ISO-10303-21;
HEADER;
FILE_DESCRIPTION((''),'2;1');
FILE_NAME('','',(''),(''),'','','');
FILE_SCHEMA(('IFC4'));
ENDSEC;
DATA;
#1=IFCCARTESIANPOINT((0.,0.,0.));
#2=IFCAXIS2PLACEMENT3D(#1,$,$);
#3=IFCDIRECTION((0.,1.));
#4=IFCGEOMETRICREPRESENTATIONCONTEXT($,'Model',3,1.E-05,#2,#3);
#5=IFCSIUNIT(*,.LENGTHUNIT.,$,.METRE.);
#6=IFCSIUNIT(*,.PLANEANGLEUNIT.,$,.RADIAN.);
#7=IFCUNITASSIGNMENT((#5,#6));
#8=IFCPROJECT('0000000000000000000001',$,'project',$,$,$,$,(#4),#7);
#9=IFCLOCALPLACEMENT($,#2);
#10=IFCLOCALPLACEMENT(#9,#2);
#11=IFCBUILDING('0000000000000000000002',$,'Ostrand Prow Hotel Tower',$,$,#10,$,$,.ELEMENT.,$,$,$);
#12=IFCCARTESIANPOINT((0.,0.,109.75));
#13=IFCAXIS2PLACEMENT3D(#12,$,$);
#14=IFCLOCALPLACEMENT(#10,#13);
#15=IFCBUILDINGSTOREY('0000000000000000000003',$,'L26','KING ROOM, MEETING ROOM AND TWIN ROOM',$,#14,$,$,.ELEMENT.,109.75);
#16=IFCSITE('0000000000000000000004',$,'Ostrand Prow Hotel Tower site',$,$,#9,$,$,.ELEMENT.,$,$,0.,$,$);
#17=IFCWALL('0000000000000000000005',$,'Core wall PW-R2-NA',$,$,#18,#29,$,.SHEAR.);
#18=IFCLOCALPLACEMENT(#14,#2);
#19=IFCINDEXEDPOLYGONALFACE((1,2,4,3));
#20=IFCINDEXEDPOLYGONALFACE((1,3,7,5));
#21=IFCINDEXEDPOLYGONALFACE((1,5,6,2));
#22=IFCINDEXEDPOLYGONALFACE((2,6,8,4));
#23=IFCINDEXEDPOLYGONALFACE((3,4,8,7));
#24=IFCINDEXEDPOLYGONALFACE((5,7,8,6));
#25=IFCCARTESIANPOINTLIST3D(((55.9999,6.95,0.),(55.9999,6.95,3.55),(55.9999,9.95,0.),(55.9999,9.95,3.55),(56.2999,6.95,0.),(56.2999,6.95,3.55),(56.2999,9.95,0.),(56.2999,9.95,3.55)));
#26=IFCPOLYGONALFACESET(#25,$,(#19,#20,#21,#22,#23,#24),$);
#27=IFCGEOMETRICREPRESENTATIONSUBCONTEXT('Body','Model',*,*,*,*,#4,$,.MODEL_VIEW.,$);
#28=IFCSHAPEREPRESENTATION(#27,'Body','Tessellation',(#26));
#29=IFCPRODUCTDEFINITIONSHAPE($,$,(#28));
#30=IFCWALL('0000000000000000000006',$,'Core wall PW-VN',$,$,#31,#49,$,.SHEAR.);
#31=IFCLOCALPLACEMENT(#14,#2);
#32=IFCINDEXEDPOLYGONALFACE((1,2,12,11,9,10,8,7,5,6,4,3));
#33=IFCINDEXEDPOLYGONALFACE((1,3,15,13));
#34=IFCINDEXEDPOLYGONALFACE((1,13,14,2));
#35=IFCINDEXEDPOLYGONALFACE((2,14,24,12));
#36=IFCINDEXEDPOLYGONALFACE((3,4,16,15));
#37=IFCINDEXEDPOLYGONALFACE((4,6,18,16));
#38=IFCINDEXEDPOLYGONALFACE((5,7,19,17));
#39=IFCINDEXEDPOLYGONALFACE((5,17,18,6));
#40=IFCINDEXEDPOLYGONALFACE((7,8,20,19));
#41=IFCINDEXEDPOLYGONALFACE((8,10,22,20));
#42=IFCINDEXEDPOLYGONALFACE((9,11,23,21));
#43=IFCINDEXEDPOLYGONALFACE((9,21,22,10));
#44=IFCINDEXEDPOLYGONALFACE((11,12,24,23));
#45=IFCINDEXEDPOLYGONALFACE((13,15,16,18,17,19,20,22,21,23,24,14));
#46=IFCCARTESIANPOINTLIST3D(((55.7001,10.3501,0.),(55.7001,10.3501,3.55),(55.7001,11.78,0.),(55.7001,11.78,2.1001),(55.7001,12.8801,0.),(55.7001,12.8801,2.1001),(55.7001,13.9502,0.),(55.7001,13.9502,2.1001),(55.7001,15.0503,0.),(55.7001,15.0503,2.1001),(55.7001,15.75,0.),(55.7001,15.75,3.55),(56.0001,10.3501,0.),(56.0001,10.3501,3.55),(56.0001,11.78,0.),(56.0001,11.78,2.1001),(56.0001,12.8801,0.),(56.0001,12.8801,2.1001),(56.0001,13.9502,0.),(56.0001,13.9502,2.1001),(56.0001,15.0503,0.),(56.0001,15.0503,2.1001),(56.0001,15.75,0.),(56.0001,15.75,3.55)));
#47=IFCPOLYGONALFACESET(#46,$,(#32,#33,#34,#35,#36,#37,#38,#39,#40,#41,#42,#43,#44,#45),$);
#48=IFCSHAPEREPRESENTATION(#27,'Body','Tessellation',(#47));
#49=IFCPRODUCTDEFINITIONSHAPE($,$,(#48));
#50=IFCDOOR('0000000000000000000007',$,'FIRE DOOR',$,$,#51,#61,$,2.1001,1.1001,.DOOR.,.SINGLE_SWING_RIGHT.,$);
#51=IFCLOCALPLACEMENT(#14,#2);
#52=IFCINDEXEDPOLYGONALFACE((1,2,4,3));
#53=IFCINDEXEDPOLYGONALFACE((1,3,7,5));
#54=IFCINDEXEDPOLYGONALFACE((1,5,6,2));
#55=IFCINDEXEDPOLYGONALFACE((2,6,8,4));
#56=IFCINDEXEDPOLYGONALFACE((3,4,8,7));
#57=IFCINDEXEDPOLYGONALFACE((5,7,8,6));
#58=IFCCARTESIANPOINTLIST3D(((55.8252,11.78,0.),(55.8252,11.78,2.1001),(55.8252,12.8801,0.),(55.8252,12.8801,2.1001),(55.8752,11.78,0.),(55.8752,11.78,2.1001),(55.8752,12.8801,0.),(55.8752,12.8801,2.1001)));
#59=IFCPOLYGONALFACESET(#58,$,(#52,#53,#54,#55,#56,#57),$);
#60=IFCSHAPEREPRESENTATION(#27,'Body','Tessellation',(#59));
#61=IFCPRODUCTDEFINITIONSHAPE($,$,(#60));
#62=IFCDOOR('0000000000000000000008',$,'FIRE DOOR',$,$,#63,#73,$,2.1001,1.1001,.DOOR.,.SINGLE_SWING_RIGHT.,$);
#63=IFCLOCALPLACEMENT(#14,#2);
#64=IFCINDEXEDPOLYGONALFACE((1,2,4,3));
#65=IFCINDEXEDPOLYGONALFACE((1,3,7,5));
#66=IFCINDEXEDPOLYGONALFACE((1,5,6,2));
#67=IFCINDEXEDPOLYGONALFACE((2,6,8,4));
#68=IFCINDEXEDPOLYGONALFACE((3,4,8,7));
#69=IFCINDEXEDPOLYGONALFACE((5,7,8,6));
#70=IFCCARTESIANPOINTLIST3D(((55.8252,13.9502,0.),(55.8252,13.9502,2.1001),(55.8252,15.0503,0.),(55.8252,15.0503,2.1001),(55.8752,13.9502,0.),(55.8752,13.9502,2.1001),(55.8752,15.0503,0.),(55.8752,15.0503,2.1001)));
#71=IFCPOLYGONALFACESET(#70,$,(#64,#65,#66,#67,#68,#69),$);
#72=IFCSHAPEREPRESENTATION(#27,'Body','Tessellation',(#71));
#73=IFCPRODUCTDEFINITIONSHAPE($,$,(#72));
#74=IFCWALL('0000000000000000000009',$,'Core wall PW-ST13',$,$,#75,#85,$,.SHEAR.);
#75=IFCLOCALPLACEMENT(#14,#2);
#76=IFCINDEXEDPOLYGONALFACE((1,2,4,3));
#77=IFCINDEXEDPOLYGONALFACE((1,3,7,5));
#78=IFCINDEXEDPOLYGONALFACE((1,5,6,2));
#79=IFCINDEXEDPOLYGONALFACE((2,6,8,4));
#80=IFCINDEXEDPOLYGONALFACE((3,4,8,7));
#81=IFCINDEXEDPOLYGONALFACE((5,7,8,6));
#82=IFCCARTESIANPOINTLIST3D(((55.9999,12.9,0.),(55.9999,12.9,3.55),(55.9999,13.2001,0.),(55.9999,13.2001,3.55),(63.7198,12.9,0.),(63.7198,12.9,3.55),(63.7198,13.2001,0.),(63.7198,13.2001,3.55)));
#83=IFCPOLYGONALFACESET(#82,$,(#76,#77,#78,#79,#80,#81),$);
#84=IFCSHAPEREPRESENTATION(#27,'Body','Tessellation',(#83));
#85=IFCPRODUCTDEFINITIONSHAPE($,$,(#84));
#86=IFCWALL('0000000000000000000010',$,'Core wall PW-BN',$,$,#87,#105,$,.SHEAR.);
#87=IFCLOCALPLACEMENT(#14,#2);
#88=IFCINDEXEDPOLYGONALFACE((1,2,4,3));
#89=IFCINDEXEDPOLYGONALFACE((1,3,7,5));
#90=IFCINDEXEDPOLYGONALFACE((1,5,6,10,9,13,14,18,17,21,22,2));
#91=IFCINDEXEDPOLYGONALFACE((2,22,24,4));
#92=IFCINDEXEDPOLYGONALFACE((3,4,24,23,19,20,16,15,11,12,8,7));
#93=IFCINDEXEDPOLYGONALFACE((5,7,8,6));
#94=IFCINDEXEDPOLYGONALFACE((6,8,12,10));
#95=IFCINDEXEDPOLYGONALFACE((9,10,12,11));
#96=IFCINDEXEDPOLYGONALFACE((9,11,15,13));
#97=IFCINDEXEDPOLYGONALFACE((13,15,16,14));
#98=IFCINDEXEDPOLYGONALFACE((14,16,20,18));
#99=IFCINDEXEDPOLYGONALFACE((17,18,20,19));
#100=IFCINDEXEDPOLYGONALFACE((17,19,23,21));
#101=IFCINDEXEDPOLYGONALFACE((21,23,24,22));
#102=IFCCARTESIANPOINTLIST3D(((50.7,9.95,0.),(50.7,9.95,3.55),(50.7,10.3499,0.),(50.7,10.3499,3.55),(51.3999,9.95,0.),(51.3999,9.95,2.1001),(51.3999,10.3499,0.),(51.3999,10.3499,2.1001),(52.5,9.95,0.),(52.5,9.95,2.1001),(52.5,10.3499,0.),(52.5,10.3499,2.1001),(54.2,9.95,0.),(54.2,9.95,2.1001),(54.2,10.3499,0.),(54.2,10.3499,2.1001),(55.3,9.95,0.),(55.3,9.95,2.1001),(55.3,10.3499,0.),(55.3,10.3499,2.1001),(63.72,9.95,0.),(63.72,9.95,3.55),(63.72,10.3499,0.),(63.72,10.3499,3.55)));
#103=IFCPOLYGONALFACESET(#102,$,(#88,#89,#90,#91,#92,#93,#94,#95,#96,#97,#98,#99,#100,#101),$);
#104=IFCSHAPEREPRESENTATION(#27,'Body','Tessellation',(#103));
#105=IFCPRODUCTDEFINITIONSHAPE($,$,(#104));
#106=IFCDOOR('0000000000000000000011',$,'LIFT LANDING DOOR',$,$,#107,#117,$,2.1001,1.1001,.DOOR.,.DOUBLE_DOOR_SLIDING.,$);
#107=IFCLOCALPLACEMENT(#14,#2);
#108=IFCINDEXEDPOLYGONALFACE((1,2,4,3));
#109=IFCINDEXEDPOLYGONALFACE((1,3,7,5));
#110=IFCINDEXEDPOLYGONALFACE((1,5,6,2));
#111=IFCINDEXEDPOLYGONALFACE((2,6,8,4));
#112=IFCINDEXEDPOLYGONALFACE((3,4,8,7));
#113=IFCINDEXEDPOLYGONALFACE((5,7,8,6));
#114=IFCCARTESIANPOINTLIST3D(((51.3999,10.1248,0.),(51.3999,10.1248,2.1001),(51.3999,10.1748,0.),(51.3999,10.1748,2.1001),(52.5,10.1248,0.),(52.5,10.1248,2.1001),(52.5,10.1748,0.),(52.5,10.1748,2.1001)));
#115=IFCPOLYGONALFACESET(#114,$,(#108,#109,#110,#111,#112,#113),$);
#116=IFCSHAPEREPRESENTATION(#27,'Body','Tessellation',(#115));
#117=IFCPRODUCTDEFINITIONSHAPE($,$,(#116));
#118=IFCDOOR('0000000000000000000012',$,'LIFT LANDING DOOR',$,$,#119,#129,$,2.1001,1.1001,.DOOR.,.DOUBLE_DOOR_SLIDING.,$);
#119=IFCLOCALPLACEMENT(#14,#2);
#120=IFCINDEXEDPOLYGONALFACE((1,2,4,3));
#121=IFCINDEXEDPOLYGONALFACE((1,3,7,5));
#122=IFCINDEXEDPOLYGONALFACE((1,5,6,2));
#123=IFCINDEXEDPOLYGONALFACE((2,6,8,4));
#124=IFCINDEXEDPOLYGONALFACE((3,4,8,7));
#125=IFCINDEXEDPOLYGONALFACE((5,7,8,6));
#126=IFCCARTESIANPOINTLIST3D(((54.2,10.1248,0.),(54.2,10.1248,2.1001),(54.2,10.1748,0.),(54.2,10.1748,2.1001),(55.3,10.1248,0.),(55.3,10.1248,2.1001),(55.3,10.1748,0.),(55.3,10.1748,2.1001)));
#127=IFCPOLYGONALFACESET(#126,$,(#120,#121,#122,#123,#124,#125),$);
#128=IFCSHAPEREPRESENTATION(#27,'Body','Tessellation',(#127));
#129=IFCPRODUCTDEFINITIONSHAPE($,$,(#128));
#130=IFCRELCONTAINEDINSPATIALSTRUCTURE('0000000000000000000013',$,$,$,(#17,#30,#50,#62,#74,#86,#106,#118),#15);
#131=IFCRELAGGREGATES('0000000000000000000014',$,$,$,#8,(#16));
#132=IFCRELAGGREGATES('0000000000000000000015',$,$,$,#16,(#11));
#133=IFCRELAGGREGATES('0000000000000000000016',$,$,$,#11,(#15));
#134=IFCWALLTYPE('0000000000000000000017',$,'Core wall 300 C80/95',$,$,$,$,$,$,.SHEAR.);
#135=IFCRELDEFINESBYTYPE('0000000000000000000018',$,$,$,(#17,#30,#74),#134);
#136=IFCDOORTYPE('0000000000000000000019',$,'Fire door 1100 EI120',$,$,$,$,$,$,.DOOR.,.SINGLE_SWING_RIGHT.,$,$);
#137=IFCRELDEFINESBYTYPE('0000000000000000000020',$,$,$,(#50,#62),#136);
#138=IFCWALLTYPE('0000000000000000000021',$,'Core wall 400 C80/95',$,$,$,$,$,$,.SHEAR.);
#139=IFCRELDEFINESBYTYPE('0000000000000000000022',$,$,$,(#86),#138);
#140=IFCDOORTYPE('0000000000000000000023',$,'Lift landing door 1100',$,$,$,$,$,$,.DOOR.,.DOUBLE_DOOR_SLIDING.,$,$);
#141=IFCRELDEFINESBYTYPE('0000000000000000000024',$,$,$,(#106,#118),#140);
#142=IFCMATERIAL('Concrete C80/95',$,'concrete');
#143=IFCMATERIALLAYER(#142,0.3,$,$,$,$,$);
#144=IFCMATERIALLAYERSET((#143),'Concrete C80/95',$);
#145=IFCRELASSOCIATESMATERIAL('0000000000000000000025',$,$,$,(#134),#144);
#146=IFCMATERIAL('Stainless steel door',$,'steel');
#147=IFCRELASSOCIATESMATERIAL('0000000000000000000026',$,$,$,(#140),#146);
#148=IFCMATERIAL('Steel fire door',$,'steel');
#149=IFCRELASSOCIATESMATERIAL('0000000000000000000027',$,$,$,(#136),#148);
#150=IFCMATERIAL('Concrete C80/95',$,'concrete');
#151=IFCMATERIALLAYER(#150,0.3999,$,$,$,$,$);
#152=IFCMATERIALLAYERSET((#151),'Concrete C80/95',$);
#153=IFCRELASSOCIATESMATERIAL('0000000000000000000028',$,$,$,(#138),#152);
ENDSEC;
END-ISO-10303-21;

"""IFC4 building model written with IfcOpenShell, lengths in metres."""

from ifc_helpers import new_model, si_unit, direction, frame, frame_2d, origin, place, context, subcontext, project, spatial, rectangle, extrude, material, layer, layer_set, type_object, element, fill, save


model = new_model("IFC4")

# Units and contexts
model_context = context("Model", 3, precision=1e-05, world=origin(), true_north=direction((0.0, 1.0)))
body_context = subcontext(model_context, "Body", "Model", "MODEL_VIEW")
ifc_project = project(units=[si_unit("LENGTHUNIT", "METRE"), si_unit("PLANEANGLEUNIT", "RADIAN")], contexts=[model_context])

# Site, building, storey
site_placement = place(None, origin())
site = spatial("IfcSite", under=ifc_project, at=site_placement, Name="Ostrand Prow Hotel Tower site", CompositionType="ELEMENT", RefElevation=0.0)
building_placement = place(site_placement, origin())
building = spatial("IfcBuilding", under=site, at=building_placement, Name="Ostrand Prow Hotel Tower", CompositionType="ELEMENT")
storey_placement = place(building_placement, frame((0.0, 0.0, 109.75)))
storey = spatial("IfcBuildingStorey", under=building, at=storey_placement, Name="L26", Description="KING ROOM, MEETING ROOM AND TWIN ROOM", CompositionType="ELEMENT", Elevation=109.75)

# Shared definitions
ifc_material_1 = material(Name="Concrete C80/95", Category="concrete")
ifc_layer_1 = layer(ifc_material_1, 0.3)
ifc_layer_set_1 = layer_set([ifc_layer_1], Name="Concrete C80/95")
wall_type_1 = type_object("IfcWallType", Name="Core wall 300 C80/95", PredefinedType="SHEAR", material=ifc_layer_set_1)
ifc_material_2 = material(Name="Stainless steel door", Category="steel")
door_type_1 = type_object("IfcDoorType", Name="Lift landing door 1100", OperationType="DOUBLE_DOOR_SLIDING", PredefinedType="DOOR", material=ifc_material_2)

# Wall
for number, where, z_axis, x_axis, name in (
    (1, (56.1499, 6.95, 0.0), (0.0, 0.0, 1.0), (0.0, 1.0, 0.0), "Core wall PW-R2-NA"),
):
    element("IfcWall", number, at=place(storey_placement, frame(where, z_axis=z_axis, x_axis=x_axis)), inside=storey, type_object=wall_type_1, Name=name, PredefinedType="SHEAR", context=body_context, shape_type="SweptSolid", body=[
        extrude(rectangle(XDim=3.0, YDim=0.3, at=frame_2d((1.5, 0.0))), origin(), (0.0, 0.0, 1.0), 3.55),
    ])

# Wall, openings, doors
wall_1_placement = place(storey_placement, frame((55.8501, 10.3501, 0.0), z_axis=(0.0, 0.0, 1.0), x_axis=(0.0, 1.0, 0.0)))
wall_1 = element("IfcWall", 2, at=wall_1_placement, inside=storey, type_object=wall_type_1, Name="Core wall PW-VN", PredefinedType="SHEAR", context=body_context, shape_type="SweptSolid", body=[
    extrude(rectangle(XDim=5.3999, YDim=0.3, at=frame_2d((2.7, 0.0))), origin(), (0.0, 0.0, 1.0), 3.55),
])
opening_1_placement = place(wall_1_placement, frame((1.4299, 0.0, 0.0)))
opening_1 = element("IfcOpeningElement", 3, at=opening_1_placement, cuts=wall_1, PredefinedType="OPENING", context=body_context, shape_type="SweptSolid", body=[
    extrude(rectangle(XDim=1.1001, YDim=2.1001, at=frame_2d((0.55, 1.05))), frame((0.0, 0.1599, 0.0), z_axis=(0.0, -1.0, 0.0), x_axis=(1.0, 0.0, 0.0)), (0.0, 0.0, 1.0), 0.3201),
])
opening_2_placement = place(wall_1_placement, frame((3.6001, 0.0, 0.0)))
opening_2 = element("IfcOpeningElement", 4, at=opening_2_placement, cuts=wall_1, PredefinedType="OPENING", context=body_context, shape_type="SweptSolid", body=[
    extrude(rectangle(XDim=1.1001, YDim=2.1001, at=frame_2d((0.55, 1.05))), frame((0.0, 0.1599, 0.0), z_axis=(0.0, -1.0, 0.0), x_axis=(1.0, 0.0, 0.0)), (0.0, 0.0, 1.0), 0.3201),
])
ifc_material_3 = material(Name="Steel fire door", Category="steel")
door_type_2 = type_object("IfcDoorType", Name="Fire door 1100 EI120", OperationType="SINGLE_SWING_RIGHT", PredefinedType="DOOR", material=ifc_material_3)
door_1_placement = place(opening_1_placement, origin())
door_1 = element("IfcDoor", 5, at=door_1_placement, inside=storey, type_object=door_type_2, Name="FIRE DOOR", OperationType="SINGLE_SWING_RIGHT", OverallHeight=2.1001, OverallWidth=1.1001, PredefinedType="DOOR", context=body_context, shape_type="SweptSolid", body=[
    extrude(rectangle(XDim=1.1001, YDim=2.1001, at=frame_2d((0.55, 1.05))), frame((0.0, 0.0249, 0.0), z_axis=(0.0, -1.0, 0.0), x_axis=(1.0, 0.0, 0.0)), (0.0, 0.0, 1.0), 0.05),
])
fill(opening_1, door_1)
door_2_placement = place(opening_2_placement, origin())
door_2 = element("IfcDoor", 6, at=door_2_placement, inside=storey, type_object=door_type_2, Name="FIRE DOOR", OperationType="SINGLE_SWING_RIGHT", OverallHeight=2.1001, OverallWidth=1.1001, PredefinedType="DOOR", context=body_context, shape_type="SweptSolid", body=[
    extrude(rectangle(XDim=1.1001, YDim=2.1001, at=frame_2d((0.55, 1.05))), frame((0.0, 0.0249, 0.0), z_axis=(0.0, -1.0, 0.0), x_axis=(1.0, 0.0, 0.0)), (0.0, 0.0, 1.0), 0.05),
])
fill(opening_2, door_2)

# Wall
wall_2_placement = place(storey_placement, frame((56.0, 13.05, 0.0), z_axis=(0.0, 0.0, 1.0), x_axis=(1.0, 0.0, 0.0)))
element("IfcWall", 7, at=wall_2_placement, inside=storey, type_object=wall_type_1, Name="Core wall PW-ST13", PredefinedType="SHEAR", context=body_context, shape_type="SweptSolid", body=[
    extrude(rectangle(XDim=7.72, YDim=0.3, at=frame_2d((3.8599, 0.0))), origin(), (0.0, 0.0, 1.0), 3.55),
])

# Wall, openings, doors
ifc_material_4 = material(Name="Concrete C80/95", Category="concrete")
ifc_layer_2 = layer(ifc_material_4, 0.3999)
ifc_layer_set_2 = layer_set([ifc_layer_2], Name="Concrete C80/95")
wall_type_2 = type_object("IfcWallType", Name="Core wall 400 C80/95", PredefinedType="SHEAR", material=ifc_layer_set_2)
wall_3_placement = place(storey_placement, frame((50.7, 10.1499, 0.0), z_axis=(0.0, 0.0, 1.0), x_axis=(1.0, 0.0, 0.0)))
wall_3 = element("IfcWall", 8, at=wall_3_placement, inside=storey, type_object=wall_type_2, Name="Core wall PW-BN", PredefinedType="SHEAR", context=body_context, shape_type="SweptSolid", body=[
    extrude(rectangle(XDim=13.02, YDim=0.3999, at=frame_2d((6.51, 0.0))), origin(), (0.0, 0.0, 1.0), 3.55),
])
opening_3_placement = place(wall_3_placement, frame((0.7, 0.0, 0.0)))
opening_3 = element("IfcOpeningElement", 9, at=opening_3_placement, cuts=wall_3, PredefinedType="OPENING", context=body_context, shape_type="SweptSolid", body=[
    extrude(rectangle(XDim=1.1001, YDim=2.1001, at=frame_2d((0.55, 1.05))), frame((0.0, 0.21, 0.0), z_axis=(0.0, -1.0, 0.0), x_axis=(1.0, 0.0, 0.0)), (0.0, 0.0, 1.0), 0.4199),
])
opening_4_placement = place(wall_3_placement, frame((3.5, 0.0, 0.0)))
opening_4 = element("IfcOpeningElement", 10, at=opening_4_placement, cuts=wall_3, PredefinedType="OPENING", context=body_context, shape_type="SweptSolid", body=[
    extrude(rectangle(XDim=1.1001, YDim=2.1001, at=frame_2d((0.55, 1.05))), frame((0.0, 0.21, 0.0), z_axis=(0.0, -1.0, 0.0), x_axis=(1.0, 0.0, 0.0)), (0.0, 0.0, 1.0), 0.4199),
])
door_3_placement = place(opening_3_placement, origin())
door_3 = element("IfcDoor", 11, at=door_3_placement, inside=storey, type_object=door_type_1, Name="LIFT LANDING DOOR", OperationType="DOUBLE_DOOR_SLIDING", OverallHeight=2.1001, OverallWidth=1.1001, PredefinedType="DOOR", context=body_context, shape_type="SweptSolid", body=[
    extrude(rectangle(XDim=1.1001, YDim=2.1001, at=frame_2d((0.55, 1.05))), frame((0.0, 0.0249, 0.0), z_axis=(0.0, -1.0, 0.0), x_axis=(1.0, 0.0, 0.0)), (0.0, 0.0, 1.0), 0.05),
])
fill(opening_3, door_3)
door_4_placement = place(opening_4_placement, origin())
door_4 = element("IfcDoor", 12, at=door_4_placement, inside=storey, type_object=door_type_1, Name="LIFT LANDING DOOR", OperationType="DOUBLE_DOOR_SLIDING", OverallHeight=2.1001, OverallWidth=1.1001, PredefinedType="DOOR", context=body_context, shape_type="SweptSolid", body=[
    extrude(rectangle(XDim=1.1001, YDim=2.1001, at=frame_2d((0.55, 1.05))), frame((0.0, 0.0249, 0.0), z_axis=(0.0, -1.0, 0.0), x_axis=(1.0, 0.0, 0.0)), (0.0, 0.0, 1.0), 0.05),
])
fill(opening_4, door_4)

save(model, "model.ifc")
